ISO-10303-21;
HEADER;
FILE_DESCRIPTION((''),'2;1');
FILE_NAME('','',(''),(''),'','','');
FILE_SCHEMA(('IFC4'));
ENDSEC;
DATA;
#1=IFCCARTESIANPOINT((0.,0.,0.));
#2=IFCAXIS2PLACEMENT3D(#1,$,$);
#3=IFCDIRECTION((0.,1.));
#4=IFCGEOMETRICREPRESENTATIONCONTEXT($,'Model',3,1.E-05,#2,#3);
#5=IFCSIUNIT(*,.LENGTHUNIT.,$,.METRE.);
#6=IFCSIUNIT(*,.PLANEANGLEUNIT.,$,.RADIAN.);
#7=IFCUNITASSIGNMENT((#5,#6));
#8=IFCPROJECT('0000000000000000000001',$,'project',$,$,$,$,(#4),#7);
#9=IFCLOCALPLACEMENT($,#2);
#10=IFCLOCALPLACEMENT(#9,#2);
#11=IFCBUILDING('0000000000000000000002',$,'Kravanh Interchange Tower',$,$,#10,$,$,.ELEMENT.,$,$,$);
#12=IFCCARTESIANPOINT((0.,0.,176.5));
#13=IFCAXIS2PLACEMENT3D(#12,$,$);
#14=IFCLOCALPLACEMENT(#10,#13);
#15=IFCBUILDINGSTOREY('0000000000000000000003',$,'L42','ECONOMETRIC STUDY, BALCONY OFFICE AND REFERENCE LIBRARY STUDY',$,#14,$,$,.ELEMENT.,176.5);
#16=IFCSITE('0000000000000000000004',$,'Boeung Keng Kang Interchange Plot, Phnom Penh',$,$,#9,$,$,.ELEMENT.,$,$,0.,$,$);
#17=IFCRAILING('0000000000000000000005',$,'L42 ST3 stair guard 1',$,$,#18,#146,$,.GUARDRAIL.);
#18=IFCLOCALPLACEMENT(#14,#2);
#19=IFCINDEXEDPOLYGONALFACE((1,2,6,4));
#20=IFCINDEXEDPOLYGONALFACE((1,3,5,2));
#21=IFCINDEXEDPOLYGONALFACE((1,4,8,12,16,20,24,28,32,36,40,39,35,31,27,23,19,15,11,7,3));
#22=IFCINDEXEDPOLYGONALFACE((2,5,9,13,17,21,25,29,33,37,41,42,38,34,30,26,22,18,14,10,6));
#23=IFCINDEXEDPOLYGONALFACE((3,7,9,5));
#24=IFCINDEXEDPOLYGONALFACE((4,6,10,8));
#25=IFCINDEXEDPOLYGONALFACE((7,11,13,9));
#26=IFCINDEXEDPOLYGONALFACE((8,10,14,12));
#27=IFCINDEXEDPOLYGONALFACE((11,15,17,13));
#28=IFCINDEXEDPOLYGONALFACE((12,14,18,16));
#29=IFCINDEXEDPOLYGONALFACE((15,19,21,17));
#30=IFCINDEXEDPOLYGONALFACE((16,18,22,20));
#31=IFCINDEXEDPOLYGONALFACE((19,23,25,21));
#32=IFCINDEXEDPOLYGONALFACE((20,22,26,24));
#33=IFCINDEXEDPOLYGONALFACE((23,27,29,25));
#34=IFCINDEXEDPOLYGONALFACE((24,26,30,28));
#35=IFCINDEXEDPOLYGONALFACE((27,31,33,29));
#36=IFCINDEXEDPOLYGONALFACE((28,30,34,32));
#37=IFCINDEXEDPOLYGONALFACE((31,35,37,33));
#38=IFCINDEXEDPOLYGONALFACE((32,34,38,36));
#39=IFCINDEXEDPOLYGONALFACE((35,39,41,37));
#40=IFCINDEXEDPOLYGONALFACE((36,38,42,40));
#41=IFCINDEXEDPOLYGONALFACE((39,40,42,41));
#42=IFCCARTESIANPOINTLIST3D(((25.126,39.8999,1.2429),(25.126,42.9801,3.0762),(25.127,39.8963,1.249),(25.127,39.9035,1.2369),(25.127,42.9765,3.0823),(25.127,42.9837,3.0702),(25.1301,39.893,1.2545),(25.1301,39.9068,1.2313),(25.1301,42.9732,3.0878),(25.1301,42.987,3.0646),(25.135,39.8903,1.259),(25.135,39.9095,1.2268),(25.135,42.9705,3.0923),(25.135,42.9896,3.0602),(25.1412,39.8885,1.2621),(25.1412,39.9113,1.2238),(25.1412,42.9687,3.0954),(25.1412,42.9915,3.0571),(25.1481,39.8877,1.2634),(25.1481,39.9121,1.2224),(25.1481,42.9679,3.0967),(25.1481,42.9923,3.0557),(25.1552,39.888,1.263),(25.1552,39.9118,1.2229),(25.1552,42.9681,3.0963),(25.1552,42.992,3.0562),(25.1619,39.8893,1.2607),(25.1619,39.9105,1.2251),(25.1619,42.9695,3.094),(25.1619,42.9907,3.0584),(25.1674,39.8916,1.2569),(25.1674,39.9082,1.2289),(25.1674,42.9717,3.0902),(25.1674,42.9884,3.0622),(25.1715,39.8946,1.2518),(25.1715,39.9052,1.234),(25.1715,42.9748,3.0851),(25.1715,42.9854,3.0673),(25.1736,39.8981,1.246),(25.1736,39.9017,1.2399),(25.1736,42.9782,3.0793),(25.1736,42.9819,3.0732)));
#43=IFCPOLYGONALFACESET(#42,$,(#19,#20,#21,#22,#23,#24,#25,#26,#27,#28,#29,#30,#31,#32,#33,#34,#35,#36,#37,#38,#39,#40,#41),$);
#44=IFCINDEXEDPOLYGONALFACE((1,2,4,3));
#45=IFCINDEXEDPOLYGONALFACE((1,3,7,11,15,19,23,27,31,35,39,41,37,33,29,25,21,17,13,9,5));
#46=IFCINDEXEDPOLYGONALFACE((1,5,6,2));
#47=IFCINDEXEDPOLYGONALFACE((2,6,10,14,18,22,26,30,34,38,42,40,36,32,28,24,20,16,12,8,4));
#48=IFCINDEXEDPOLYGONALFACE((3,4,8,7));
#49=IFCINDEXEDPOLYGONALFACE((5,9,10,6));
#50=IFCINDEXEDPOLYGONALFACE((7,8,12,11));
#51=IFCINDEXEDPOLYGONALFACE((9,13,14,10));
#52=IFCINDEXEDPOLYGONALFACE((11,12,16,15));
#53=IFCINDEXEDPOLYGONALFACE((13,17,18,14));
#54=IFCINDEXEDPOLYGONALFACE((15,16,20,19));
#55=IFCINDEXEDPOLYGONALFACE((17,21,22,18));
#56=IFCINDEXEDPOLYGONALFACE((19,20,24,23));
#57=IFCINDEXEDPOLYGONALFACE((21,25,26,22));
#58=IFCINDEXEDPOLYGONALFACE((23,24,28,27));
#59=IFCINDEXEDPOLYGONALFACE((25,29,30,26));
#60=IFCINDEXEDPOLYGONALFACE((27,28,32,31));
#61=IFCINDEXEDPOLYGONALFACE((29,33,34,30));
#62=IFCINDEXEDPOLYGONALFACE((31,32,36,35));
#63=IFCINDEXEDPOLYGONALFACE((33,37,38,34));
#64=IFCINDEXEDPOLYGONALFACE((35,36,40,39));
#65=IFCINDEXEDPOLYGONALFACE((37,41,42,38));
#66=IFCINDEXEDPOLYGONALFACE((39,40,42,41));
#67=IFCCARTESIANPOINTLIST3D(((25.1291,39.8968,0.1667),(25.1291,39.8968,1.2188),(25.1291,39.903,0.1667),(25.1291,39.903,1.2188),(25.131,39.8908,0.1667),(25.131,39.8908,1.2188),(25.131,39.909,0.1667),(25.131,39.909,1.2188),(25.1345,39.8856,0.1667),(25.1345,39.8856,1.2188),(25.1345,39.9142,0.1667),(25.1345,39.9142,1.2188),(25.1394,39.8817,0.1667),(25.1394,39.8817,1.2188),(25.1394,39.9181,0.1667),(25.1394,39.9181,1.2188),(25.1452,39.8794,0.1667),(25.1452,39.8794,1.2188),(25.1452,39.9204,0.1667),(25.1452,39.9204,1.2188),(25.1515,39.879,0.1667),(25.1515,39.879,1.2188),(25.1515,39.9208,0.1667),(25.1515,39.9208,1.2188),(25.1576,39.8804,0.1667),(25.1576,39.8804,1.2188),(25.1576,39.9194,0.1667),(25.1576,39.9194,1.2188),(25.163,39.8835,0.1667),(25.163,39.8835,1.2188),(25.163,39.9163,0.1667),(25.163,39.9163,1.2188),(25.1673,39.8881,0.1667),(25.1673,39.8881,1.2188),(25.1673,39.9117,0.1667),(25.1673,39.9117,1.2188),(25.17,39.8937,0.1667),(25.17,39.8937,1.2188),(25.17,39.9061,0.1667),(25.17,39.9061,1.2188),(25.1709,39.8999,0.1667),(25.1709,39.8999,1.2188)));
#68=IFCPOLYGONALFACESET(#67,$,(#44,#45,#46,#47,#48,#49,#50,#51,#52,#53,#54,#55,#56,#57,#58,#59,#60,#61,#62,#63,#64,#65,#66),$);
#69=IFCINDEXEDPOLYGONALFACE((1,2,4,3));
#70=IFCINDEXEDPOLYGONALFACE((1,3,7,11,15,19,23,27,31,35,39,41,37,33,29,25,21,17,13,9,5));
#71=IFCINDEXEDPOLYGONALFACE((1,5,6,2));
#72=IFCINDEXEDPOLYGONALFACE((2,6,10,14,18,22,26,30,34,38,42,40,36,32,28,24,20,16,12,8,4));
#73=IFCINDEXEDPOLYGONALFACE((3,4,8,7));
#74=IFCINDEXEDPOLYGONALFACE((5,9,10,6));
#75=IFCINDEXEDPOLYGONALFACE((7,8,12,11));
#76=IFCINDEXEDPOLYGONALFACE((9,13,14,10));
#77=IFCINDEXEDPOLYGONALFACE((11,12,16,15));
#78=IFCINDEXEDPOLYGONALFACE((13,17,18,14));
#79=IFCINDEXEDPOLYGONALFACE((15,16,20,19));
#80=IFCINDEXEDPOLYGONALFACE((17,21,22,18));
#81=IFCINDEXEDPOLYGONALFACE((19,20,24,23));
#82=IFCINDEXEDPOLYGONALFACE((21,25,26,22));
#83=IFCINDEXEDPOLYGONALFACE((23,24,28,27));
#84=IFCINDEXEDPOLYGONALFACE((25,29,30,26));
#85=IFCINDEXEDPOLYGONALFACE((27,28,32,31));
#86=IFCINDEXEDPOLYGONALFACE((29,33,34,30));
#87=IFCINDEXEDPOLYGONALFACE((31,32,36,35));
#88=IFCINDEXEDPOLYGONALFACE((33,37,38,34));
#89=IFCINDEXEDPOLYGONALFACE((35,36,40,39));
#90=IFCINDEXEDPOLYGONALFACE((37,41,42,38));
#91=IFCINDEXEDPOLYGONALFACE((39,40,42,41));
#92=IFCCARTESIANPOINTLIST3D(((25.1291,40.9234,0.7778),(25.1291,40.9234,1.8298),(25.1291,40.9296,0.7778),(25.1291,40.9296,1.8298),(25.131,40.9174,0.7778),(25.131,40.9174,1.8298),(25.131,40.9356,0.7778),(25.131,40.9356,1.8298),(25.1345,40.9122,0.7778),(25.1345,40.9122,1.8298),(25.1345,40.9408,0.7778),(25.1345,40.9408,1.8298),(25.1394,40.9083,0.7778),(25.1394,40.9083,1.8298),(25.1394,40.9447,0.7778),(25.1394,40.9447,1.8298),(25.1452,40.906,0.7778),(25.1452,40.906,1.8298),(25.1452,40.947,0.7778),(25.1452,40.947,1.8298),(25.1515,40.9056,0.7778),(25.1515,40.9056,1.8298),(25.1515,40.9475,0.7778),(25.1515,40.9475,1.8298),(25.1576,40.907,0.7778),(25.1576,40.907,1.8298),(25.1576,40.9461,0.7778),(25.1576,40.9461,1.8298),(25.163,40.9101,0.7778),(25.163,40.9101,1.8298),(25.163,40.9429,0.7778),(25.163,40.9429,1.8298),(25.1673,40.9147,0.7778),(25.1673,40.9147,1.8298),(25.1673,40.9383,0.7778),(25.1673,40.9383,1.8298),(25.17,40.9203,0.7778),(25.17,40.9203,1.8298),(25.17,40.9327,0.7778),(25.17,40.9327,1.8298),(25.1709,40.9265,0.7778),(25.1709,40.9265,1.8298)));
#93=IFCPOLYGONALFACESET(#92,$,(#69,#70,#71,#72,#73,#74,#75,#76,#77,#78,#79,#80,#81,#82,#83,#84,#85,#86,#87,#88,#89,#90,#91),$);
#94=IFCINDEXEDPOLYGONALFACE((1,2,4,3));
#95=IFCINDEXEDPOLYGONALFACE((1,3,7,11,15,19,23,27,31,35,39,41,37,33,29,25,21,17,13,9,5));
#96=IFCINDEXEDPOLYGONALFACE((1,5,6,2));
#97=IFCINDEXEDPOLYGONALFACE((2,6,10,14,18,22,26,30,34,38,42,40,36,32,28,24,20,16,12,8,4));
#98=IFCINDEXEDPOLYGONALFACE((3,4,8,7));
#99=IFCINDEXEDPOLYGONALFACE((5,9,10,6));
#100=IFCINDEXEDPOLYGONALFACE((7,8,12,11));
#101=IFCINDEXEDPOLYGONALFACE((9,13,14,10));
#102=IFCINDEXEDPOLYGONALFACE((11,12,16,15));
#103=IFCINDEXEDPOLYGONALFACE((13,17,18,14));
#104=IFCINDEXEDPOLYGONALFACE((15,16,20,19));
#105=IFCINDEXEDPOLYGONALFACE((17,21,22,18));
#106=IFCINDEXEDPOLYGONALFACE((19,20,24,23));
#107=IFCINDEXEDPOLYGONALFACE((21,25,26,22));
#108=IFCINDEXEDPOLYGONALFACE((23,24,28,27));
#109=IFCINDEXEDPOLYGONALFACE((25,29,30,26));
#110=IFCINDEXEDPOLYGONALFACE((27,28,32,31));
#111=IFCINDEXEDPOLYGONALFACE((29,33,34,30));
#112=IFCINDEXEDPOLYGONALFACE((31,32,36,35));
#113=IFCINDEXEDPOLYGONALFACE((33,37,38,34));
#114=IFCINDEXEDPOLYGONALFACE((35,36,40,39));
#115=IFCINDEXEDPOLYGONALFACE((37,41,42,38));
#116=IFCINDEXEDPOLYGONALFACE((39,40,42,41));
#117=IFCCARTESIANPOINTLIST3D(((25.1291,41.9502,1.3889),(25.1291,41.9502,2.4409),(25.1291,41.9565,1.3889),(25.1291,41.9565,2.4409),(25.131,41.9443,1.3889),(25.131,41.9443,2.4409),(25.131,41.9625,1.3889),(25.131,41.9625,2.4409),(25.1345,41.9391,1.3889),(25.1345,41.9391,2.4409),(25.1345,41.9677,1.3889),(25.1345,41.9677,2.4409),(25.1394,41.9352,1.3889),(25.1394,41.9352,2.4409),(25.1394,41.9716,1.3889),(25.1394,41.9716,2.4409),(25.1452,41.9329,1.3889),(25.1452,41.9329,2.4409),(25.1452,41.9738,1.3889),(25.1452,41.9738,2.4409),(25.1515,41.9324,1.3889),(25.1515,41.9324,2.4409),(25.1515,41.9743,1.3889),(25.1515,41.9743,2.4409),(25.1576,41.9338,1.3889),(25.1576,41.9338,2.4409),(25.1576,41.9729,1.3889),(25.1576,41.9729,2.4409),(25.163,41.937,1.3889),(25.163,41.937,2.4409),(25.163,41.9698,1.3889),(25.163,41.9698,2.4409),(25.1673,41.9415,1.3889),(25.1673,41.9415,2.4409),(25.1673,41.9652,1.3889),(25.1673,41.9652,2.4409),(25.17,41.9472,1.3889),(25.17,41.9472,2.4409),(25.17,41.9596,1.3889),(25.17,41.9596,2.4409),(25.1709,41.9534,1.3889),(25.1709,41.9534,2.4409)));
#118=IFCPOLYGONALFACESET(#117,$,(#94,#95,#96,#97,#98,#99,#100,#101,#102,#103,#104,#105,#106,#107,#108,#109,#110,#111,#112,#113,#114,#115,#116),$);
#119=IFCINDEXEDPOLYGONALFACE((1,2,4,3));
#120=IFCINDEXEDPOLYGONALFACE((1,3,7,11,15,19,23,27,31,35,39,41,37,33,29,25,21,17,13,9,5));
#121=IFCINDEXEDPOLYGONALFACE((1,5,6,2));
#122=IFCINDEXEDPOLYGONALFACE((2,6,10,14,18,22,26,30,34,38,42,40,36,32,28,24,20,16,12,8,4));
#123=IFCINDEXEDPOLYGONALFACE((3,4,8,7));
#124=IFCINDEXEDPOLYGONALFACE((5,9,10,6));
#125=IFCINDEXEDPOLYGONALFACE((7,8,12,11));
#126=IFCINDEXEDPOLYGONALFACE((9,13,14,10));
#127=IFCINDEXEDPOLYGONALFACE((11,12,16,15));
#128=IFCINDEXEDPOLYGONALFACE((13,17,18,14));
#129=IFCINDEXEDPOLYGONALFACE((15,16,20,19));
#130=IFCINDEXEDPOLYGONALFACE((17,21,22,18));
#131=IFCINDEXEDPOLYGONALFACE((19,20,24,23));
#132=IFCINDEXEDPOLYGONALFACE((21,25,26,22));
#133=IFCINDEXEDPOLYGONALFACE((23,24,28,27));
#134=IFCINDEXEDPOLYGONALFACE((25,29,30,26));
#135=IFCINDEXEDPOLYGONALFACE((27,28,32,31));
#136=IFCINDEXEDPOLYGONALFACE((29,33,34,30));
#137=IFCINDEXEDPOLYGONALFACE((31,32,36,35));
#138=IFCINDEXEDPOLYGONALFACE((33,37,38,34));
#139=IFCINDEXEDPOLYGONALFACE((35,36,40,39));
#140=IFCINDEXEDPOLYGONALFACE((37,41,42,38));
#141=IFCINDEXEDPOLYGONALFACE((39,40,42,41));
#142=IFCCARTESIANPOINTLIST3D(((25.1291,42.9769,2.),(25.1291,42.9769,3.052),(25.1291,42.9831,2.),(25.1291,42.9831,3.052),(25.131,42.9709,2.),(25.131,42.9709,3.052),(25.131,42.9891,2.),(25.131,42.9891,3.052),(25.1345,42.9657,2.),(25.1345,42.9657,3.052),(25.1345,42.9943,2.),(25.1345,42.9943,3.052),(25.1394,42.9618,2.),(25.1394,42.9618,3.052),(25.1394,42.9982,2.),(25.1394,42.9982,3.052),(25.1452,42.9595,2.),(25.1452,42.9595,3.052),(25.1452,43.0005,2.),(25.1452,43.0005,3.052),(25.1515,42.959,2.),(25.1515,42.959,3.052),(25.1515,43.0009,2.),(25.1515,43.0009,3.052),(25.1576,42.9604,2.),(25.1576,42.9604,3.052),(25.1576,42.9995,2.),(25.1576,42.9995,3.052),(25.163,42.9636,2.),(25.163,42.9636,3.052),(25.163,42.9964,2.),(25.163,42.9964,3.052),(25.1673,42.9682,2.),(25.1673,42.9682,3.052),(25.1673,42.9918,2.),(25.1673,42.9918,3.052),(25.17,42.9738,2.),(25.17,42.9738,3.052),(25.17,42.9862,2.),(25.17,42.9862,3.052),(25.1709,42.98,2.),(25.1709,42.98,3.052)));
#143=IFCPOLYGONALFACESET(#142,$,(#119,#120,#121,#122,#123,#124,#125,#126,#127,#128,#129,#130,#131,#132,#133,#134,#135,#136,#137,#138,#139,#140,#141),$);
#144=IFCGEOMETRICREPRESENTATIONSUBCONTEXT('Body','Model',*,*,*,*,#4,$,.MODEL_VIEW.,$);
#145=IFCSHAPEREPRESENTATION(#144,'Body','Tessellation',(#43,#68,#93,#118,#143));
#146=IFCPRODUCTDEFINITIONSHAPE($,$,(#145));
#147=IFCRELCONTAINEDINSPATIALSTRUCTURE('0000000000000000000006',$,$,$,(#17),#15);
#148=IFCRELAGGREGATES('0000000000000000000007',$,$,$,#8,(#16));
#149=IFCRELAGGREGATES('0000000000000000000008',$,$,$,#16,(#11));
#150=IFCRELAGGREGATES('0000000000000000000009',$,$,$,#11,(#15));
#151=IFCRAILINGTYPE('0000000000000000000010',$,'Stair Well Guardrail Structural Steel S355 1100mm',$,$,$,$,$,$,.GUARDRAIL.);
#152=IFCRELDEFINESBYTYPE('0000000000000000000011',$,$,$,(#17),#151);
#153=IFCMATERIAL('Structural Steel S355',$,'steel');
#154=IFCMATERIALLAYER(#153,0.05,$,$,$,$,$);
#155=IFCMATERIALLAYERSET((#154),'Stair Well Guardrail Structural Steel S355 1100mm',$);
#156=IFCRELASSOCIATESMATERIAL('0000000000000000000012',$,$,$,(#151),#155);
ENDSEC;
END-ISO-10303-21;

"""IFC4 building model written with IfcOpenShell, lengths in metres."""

from ifc_helpers import new_model, si_unit, direction, frame, origin, origin_2d, place, context, subcontext, project, spatial, circle, extrude, material, layer, layer_set, type_object, element, save


model = new_model("IFC4")

# Units and contexts
model_context = context("Model", 3, precision=1e-05, world=origin(), true_north=direction((0.0, 1.0)))
body_context = subcontext(model_context, "Body", "Model", "MODEL_VIEW")
ifc_project = project(units=[si_unit("LENGTHUNIT", "METRE"), si_unit("PLANEANGLEUNIT", "RADIAN")], contexts=[model_context])

# Site, building, storey
site_placement = place(None, origin())
site = spatial("IfcSite", under=ifc_project, at=site_placement, Name="Boeung Keng Kang Interchange Plot, Phnom Penh", CompositionType="ELEMENT", RefElevation=0.0)
building_placement = place(site_placement, origin())
building = spatial("IfcBuilding", under=site, at=building_placement, Name="Kravanh Interchange Tower", CompositionType="ELEMENT")
storey_placement = place(building_placement, frame((0.0, 0.0, 176.5)))
storey = spatial("IfcBuildingStorey", under=building, at=storey_placement, Name="L42", Description="ECONOMETRIC STUDY, BALCONY OFFICE AND REFERENCE LIBRARY STUDY", CompositionType="ELEMENT", Elevation=176.5)

# Railing
ifc_material_1 = material(Name="Structural Steel S355", Category="steel")
ifc_layer_1 = layer(ifc_material_1, 0.05)
ifc_layer_set_1 = layer_set([ifc_layer_1], Name="Stair Well Guardrail Structural Steel S355 1100mm")
railing_type_1 = type_object("IfcRailingType", Name="Stair Well Guardrail Structural Steel S355 1100mm", PredefinedType="GUARDRAIL", material=ifc_layer_set_1)
railing_1_placement = place(storey_placement, frame((25.1499, 39.8999, 0.1667)))
element("IfcRailing", 1, at=railing_1_placement, inside=storey, type_object=railing_type_1, Name="L42 ST3 stair guard 1", PredefinedType="GUARDRAIL", context=body_context, shape_type="SweptSolid", body=[
    extrude(circle(Radius=0.0239, at=origin_2d()), frame((0.0, 0.0, 1.0762), z_axis=(0.0, 0.859309, 0.511458), x_axis=(-1.0, 0.0, 0.0)), (0.0, 0.0, 1.0), 3.5845),
    extrude(circle(Radius=0.021, at=origin_2d()), origin(), (0.0, 0.0, 1.0), 1.052),
    extrude(circle(Radius=0.021, at=origin_2d()), frame((0.0, 1.0266, 0.6111)), (0.0, 0.0, 1.0), 1.052),
    extrude(circle(Radius=0.021, at=origin_2d()), frame((0.0, 2.0535, 1.2222)), (0.0, 0.0, 1.0), 1.052),
    extrude(circle(Radius=0.021, at=origin_2d()), frame((0.0, 3.0801, 1.8333)), (0.0, 0.0, 1.0), 1.052),
])

save(model, "model.ifc")
